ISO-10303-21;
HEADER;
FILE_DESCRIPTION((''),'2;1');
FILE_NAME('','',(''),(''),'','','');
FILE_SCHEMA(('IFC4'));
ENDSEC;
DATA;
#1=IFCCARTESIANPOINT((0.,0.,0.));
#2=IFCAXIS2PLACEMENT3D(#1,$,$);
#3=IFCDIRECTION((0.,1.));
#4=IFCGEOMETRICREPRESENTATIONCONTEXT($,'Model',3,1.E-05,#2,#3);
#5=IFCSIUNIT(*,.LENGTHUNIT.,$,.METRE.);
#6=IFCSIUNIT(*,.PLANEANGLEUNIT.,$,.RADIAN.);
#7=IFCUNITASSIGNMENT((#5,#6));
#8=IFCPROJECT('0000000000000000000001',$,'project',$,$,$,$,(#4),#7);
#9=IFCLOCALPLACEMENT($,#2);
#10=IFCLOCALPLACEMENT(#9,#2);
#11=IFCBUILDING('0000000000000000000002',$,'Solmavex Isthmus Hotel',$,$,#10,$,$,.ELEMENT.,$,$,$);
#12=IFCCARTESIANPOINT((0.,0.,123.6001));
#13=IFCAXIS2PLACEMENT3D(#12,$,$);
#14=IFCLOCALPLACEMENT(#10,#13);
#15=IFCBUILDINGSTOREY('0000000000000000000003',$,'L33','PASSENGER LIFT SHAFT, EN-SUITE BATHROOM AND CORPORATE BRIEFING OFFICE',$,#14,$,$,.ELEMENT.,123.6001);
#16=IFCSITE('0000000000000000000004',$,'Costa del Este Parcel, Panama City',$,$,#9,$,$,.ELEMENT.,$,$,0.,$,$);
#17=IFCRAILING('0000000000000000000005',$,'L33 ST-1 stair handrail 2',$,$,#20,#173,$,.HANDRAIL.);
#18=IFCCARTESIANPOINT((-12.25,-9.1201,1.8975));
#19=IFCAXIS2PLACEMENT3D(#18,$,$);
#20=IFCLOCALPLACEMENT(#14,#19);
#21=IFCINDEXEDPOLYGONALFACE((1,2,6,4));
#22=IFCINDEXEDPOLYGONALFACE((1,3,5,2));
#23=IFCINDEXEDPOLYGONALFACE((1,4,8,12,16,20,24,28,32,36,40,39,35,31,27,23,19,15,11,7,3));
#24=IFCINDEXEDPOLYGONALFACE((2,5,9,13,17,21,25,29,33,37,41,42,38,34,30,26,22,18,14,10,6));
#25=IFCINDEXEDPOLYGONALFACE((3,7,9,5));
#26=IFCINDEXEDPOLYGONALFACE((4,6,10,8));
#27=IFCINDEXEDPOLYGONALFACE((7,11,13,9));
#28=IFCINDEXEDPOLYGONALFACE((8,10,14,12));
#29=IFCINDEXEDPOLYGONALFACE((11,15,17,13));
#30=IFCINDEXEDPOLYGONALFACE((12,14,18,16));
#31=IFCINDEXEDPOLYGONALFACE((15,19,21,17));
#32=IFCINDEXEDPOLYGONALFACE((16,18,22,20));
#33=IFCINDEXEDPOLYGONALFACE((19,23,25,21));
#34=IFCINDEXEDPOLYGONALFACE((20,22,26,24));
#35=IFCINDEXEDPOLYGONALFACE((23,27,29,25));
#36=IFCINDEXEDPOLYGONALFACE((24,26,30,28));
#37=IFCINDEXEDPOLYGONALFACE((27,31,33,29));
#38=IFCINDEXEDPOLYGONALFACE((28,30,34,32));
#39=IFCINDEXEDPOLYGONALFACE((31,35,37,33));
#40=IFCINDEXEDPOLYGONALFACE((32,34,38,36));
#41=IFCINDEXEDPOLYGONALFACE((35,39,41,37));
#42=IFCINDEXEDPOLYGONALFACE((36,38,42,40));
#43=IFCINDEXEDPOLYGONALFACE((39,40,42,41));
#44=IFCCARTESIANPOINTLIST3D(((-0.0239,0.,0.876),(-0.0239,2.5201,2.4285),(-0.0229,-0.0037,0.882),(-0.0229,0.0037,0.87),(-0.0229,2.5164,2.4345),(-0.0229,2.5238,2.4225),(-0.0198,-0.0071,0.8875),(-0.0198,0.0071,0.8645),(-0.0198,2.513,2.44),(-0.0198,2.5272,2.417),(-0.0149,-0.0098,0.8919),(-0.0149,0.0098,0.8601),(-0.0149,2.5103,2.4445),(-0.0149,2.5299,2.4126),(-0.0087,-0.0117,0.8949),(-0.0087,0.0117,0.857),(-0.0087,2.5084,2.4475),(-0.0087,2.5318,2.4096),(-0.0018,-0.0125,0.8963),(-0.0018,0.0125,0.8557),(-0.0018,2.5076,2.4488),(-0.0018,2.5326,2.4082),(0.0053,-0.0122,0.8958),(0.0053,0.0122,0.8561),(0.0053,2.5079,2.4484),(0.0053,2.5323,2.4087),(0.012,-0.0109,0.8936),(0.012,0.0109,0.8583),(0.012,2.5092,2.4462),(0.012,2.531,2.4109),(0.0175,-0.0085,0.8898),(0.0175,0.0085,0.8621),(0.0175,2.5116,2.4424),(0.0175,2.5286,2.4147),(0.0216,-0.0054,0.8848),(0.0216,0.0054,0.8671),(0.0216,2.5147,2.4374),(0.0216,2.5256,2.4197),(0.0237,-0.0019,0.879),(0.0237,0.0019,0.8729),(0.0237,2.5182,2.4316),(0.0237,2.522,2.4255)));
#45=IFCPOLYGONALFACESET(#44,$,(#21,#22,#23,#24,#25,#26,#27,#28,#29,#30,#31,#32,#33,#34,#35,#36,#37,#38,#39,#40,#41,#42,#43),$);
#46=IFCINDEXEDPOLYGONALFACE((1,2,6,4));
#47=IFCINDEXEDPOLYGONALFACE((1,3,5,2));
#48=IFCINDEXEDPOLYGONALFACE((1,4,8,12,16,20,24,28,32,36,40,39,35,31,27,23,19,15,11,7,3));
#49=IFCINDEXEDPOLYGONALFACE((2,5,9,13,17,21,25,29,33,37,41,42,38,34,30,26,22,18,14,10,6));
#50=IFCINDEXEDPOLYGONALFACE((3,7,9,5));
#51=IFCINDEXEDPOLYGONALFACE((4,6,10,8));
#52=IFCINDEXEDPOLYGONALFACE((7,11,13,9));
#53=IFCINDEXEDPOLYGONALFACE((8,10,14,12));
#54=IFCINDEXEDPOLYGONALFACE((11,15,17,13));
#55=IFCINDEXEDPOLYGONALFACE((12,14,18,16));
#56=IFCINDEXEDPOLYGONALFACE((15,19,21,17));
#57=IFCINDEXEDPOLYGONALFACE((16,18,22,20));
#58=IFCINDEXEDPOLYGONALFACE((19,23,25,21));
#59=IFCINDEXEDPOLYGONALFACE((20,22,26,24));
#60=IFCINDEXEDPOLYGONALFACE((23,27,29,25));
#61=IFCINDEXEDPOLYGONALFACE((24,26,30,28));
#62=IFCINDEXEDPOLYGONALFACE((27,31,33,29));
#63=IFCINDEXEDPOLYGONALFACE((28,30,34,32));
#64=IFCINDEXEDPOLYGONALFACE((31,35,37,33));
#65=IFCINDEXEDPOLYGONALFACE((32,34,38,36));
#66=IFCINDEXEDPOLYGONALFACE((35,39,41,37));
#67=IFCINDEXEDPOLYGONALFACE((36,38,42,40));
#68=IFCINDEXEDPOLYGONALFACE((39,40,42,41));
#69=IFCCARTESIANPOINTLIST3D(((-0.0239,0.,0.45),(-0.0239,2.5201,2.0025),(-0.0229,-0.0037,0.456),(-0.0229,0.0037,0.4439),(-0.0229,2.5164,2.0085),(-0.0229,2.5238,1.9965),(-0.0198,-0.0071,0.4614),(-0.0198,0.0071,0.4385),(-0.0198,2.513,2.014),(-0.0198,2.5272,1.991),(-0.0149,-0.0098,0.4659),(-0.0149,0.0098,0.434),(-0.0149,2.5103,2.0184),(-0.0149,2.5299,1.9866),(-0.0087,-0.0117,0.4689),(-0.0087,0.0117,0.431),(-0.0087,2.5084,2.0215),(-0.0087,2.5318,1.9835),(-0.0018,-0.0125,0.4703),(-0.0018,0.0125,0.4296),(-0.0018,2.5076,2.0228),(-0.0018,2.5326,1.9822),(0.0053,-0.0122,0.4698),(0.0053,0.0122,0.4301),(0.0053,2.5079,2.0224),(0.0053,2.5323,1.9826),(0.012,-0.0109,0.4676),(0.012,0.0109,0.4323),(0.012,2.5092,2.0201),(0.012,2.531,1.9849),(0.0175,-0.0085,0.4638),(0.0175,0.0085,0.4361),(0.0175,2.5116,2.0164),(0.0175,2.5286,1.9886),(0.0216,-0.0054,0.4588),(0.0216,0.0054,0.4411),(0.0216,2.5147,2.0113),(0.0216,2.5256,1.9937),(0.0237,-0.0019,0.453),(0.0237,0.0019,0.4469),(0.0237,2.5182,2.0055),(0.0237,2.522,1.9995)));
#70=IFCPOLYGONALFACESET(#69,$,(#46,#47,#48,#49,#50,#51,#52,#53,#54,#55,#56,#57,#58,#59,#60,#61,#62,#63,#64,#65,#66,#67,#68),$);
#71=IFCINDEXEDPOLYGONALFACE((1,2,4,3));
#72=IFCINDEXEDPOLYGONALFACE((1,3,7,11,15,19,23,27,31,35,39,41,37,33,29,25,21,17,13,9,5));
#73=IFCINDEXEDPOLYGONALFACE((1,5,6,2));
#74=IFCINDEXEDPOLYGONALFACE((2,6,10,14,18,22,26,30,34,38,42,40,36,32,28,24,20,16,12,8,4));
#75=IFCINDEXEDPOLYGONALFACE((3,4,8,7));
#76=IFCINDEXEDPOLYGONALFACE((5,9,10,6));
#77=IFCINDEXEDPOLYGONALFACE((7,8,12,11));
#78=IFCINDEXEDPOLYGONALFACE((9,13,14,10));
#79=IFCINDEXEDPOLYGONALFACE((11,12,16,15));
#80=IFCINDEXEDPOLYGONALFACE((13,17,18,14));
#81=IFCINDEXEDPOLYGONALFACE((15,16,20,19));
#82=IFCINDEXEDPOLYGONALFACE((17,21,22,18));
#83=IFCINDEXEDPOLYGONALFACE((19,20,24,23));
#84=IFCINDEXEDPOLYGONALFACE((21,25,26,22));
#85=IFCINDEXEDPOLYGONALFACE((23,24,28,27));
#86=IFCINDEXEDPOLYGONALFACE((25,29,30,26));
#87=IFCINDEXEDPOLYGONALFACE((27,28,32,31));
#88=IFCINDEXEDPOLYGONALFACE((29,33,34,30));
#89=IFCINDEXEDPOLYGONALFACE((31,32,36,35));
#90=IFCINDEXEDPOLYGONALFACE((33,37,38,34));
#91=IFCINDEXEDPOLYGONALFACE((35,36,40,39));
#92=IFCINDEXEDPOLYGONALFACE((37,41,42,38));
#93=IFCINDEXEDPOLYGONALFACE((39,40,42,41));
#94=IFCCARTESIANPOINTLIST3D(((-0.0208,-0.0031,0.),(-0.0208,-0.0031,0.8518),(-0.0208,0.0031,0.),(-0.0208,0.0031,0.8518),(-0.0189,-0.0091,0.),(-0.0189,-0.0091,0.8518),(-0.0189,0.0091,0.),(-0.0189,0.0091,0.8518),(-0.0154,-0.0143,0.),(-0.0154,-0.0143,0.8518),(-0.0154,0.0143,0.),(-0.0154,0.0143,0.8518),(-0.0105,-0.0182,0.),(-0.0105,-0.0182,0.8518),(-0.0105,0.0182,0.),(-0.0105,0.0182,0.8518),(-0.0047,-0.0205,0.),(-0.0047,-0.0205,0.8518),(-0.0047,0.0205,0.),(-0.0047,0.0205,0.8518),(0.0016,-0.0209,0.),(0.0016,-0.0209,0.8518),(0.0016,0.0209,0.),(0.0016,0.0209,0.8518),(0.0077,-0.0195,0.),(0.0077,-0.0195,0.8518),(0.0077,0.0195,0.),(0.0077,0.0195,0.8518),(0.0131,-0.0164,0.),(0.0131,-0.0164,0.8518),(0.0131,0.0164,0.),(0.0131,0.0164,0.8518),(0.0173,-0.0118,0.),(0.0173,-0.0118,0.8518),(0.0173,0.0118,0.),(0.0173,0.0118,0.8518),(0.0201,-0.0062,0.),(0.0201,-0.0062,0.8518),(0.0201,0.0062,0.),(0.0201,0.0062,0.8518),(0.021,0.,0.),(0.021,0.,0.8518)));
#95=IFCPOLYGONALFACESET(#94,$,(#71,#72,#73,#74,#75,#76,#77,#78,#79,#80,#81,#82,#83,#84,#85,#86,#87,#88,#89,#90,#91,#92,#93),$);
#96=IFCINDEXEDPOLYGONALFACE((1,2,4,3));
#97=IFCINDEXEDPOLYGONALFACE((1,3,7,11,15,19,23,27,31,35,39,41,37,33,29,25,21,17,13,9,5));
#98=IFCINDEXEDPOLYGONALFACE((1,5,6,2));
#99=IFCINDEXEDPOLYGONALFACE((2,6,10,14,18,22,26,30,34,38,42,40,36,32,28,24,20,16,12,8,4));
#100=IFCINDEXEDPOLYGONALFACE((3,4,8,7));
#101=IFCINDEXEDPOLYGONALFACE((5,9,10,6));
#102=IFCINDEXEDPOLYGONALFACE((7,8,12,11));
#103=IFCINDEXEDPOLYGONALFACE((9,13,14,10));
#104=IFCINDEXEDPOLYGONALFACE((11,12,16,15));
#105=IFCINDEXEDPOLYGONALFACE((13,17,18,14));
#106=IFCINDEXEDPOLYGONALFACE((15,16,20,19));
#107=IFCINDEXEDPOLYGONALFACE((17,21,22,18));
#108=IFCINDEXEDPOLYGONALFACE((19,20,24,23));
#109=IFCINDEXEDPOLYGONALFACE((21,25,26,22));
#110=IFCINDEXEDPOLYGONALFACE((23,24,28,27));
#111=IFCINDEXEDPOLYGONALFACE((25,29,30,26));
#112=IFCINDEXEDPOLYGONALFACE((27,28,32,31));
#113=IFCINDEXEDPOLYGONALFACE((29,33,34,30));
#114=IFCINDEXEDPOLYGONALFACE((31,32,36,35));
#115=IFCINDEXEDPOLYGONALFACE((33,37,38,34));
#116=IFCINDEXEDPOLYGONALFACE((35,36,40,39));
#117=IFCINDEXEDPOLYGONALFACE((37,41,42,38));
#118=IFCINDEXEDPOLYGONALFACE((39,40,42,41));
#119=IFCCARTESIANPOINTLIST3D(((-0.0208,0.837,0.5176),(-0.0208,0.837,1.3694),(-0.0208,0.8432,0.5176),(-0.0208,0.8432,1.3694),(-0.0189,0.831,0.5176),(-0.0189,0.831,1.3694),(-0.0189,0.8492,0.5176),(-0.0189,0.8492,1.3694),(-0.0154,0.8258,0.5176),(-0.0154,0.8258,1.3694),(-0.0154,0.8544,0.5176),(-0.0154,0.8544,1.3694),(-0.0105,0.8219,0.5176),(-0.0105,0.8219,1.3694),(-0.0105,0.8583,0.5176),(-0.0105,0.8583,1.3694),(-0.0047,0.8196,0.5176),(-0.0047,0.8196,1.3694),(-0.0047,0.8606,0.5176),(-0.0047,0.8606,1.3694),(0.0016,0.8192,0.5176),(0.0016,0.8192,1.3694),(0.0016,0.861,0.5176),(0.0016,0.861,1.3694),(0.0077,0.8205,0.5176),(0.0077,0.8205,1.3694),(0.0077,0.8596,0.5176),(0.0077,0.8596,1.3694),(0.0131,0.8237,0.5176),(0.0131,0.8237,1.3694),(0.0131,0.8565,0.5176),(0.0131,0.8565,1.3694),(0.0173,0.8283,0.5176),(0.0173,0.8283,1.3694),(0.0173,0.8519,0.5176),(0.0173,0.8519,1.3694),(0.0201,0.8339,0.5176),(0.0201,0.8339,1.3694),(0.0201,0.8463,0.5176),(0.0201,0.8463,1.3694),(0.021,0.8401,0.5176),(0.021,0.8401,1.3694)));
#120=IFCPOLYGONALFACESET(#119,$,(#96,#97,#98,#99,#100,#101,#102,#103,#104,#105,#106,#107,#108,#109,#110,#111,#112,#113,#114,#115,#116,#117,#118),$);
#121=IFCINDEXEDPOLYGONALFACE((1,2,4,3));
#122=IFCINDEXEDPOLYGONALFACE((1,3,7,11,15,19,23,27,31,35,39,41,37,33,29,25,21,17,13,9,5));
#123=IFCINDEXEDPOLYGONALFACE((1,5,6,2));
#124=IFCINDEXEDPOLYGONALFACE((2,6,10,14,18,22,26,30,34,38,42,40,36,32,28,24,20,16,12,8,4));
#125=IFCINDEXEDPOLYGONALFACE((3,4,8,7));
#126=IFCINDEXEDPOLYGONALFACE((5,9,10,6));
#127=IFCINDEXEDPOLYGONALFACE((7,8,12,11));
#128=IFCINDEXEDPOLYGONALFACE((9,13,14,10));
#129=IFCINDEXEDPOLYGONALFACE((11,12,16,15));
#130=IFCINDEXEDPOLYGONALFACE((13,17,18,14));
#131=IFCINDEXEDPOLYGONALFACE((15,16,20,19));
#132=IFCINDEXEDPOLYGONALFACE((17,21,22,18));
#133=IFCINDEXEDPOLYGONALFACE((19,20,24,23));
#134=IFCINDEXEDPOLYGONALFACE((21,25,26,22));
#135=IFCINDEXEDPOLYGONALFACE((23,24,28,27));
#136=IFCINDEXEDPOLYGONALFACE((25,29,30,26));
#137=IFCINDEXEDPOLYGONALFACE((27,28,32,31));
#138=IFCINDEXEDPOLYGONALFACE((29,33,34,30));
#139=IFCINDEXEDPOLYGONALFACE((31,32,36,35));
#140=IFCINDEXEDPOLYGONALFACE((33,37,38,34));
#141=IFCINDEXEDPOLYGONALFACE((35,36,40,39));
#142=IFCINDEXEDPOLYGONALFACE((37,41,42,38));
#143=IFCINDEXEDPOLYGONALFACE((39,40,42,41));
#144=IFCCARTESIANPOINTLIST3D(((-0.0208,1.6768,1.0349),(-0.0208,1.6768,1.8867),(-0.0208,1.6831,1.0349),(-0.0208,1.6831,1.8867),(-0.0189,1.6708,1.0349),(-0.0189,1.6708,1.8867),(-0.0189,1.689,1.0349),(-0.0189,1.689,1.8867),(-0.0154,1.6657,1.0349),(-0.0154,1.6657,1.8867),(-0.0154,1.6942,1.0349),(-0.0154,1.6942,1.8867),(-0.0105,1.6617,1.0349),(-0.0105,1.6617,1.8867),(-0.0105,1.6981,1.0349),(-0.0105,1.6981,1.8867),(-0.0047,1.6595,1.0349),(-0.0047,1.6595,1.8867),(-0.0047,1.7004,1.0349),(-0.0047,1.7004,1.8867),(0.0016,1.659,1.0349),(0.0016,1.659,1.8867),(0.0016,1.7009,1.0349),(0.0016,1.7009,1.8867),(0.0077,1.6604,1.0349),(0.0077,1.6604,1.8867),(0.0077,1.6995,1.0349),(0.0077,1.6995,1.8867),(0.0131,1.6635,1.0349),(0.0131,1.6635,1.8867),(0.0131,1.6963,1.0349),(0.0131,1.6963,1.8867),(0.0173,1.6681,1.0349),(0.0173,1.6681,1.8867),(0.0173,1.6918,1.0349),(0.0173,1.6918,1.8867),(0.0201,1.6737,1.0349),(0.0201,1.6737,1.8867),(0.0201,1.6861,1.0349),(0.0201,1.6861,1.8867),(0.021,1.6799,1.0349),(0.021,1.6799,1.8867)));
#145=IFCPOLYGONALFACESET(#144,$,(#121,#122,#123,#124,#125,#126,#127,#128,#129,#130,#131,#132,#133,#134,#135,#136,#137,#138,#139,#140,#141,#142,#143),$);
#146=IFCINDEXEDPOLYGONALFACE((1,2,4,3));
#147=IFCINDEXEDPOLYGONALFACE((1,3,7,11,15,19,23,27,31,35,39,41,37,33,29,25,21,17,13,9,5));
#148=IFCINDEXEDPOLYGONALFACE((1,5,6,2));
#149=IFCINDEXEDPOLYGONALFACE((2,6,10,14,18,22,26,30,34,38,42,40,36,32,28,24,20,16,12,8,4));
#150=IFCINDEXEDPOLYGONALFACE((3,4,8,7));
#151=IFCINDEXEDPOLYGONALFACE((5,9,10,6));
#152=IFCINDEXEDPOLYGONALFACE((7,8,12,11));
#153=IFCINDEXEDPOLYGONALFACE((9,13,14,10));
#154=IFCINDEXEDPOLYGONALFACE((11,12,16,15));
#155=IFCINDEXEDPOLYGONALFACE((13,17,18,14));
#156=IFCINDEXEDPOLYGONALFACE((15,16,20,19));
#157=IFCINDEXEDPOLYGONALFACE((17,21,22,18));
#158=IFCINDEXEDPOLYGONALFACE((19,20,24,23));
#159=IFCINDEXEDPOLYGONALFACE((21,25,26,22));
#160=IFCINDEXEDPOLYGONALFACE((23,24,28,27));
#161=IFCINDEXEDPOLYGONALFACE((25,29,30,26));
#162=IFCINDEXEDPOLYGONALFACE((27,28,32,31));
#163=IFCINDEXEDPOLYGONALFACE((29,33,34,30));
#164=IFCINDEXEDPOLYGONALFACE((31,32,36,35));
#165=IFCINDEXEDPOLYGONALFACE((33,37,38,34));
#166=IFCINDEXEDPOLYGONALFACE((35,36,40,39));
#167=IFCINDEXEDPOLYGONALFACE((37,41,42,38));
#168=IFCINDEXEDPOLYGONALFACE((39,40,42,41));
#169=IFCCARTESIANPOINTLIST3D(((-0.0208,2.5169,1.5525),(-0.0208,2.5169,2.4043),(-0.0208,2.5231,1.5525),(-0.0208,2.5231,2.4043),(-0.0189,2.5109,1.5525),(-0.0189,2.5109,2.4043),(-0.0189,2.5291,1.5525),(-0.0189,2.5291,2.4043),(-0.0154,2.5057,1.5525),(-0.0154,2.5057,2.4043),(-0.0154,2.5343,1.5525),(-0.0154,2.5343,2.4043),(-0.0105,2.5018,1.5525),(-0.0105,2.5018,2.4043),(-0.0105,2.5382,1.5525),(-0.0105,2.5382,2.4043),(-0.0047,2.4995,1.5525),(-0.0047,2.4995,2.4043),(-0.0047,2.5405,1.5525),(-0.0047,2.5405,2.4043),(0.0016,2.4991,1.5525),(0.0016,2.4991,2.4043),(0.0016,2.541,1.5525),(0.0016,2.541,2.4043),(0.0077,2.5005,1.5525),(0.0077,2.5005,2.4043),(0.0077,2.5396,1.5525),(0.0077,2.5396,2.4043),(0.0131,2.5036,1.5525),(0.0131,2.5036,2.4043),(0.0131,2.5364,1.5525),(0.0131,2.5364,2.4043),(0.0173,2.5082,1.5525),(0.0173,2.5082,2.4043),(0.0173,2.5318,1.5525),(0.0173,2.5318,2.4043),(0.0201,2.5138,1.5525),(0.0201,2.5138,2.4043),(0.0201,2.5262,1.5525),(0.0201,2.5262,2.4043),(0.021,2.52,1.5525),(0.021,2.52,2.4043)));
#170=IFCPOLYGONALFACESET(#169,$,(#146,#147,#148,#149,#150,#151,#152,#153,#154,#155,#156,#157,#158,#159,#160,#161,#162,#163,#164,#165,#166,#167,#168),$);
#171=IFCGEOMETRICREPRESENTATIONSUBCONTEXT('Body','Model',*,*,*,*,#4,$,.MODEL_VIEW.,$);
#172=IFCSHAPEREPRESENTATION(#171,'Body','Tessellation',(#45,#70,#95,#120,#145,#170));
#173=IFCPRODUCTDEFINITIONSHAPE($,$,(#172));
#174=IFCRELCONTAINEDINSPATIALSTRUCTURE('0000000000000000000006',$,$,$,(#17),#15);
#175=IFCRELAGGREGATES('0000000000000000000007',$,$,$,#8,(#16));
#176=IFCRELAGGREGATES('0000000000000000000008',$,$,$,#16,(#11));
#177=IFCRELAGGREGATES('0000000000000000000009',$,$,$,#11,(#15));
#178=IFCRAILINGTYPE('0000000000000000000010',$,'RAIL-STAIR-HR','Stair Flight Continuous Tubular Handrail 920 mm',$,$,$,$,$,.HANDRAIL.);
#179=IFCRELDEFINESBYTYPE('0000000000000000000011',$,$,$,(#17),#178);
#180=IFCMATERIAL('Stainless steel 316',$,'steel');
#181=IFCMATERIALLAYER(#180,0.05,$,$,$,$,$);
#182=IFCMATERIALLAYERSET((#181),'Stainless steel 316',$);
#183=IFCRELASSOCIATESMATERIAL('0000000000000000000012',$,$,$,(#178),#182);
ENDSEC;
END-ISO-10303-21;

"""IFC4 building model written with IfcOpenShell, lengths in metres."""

from ifc_helpers import new_model, si_unit, direction, frame, origin, origin_2d, place, context, subcontext, project, spatial, circle, extrude, material, layer, layer_set, type_object, element, save


model = new_model("IFC4")

# Units and contexts
model_context = context("Model", 3, precision=1e-05, world=origin(), true_north=direction((0.0, 1.0)))
body_context = subcontext(model_context, "Body", "Model", "MODEL_VIEW")
ifc_project = project(units=[si_unit("LENGTHUNIT", "METRE"), si_unit("PLANEANGLEUNIT", "RADIAN")], contexts=[model_context])

# Site, building, storey
site_placement = place(None, origin())
site = spatial("IfcSite", under=ifc_project, at=site_placement, Name="Costa del Este Parcel, Panama City", CompositionType="ELEMENT", RefElevation=0.0)
building_placement = place(site_placement, origin())
building = spatial("IfcBuilding", under=site, at=building_placement, Name="Solmavex Isthmus Hotel", CompositionType="ELEMENT")
storey_placement = place(building_placement, frame((0.0, 0.0, 123.6001)))
storey = spatial("IfcBuildingStorey", under=building, at=storey_placement, Name="L33", Description="PASSENGER LIFT SHAFT, EN-SUITE BATHROOM AND CORPORATE BRIEFING OFFICE", CompositionType="ELEMENT", Elevation=123.6001)

# Shared definitions
ifc_material_1 = material(Name="Stainless steel 316", Category="steel")

# Railing
ifc_layer_1 = layer(ifc_material_1, 0.05)
ifc_layer_set_1 = layer_set([ifc_layer_1], Name="Stainless steel 316")
railing_type_1 = type_object("IfcRailingType", Name="RAIL-STAIR-HR", Description="Stair Flight Continuous Tubular Handrail 920 mm", PredefinedType="HANDRAIL", material=ifc_layer_set_1)
railing_1_placement = place(storey_placement, frame((-12.25, -9.1201, 1.8975)))
element("IfcRailing", 1, at=railing_1_placement, inside=storey, type_object=railing_type_1, Name="L33 ST-1 stair handrail 2", PredefinedType="HANDRAIL", context=body_context, shape_type="SweptSolid", body=[
    extrude(circle(Radius=0.0239, at=origin_2d()), frame((0.0, 0.0, 0.876), z_axis=(0.0, 0.8514, 0.524516), x_axis=(-1.0, 0.0, 0.0)), (0.0, 0.0, 1.0), 2.96),
    extrude(circle(Radius=0.0239, at=origin_2d()), frame((0.0, 0.0, 0.45), z_axis=(0.0, 0.8514, 0.524516), x_axis=(-1.0, 0.0, 0.0)), (0.0, 0.0, 1.0), 2.96),
    extrude(circle(Radius=0.021, at=origin_2d()), origin(), (0.0, 0.0, 1.0), 0.8518),
    extrude(circle(Radius=0.021, at=origin_2d()), frame((0.0, 0.8401, 0.5176)), (0.0, 0.0, 1.0), 0.8518),
    extrude(circle(Radius=0.021, at=origin_2d()), frame((0.0, 1.6799, 1.0349)), (0.0, 0.0, 1.0), 0.8518),
    extrude(circle(Radius=0.021, at=origin_2d()), frame((0.0, 2.52, 1.5525)), (0.0, 0.0, 1.0), 0.8518),
])

save(model, "model.ifc")
